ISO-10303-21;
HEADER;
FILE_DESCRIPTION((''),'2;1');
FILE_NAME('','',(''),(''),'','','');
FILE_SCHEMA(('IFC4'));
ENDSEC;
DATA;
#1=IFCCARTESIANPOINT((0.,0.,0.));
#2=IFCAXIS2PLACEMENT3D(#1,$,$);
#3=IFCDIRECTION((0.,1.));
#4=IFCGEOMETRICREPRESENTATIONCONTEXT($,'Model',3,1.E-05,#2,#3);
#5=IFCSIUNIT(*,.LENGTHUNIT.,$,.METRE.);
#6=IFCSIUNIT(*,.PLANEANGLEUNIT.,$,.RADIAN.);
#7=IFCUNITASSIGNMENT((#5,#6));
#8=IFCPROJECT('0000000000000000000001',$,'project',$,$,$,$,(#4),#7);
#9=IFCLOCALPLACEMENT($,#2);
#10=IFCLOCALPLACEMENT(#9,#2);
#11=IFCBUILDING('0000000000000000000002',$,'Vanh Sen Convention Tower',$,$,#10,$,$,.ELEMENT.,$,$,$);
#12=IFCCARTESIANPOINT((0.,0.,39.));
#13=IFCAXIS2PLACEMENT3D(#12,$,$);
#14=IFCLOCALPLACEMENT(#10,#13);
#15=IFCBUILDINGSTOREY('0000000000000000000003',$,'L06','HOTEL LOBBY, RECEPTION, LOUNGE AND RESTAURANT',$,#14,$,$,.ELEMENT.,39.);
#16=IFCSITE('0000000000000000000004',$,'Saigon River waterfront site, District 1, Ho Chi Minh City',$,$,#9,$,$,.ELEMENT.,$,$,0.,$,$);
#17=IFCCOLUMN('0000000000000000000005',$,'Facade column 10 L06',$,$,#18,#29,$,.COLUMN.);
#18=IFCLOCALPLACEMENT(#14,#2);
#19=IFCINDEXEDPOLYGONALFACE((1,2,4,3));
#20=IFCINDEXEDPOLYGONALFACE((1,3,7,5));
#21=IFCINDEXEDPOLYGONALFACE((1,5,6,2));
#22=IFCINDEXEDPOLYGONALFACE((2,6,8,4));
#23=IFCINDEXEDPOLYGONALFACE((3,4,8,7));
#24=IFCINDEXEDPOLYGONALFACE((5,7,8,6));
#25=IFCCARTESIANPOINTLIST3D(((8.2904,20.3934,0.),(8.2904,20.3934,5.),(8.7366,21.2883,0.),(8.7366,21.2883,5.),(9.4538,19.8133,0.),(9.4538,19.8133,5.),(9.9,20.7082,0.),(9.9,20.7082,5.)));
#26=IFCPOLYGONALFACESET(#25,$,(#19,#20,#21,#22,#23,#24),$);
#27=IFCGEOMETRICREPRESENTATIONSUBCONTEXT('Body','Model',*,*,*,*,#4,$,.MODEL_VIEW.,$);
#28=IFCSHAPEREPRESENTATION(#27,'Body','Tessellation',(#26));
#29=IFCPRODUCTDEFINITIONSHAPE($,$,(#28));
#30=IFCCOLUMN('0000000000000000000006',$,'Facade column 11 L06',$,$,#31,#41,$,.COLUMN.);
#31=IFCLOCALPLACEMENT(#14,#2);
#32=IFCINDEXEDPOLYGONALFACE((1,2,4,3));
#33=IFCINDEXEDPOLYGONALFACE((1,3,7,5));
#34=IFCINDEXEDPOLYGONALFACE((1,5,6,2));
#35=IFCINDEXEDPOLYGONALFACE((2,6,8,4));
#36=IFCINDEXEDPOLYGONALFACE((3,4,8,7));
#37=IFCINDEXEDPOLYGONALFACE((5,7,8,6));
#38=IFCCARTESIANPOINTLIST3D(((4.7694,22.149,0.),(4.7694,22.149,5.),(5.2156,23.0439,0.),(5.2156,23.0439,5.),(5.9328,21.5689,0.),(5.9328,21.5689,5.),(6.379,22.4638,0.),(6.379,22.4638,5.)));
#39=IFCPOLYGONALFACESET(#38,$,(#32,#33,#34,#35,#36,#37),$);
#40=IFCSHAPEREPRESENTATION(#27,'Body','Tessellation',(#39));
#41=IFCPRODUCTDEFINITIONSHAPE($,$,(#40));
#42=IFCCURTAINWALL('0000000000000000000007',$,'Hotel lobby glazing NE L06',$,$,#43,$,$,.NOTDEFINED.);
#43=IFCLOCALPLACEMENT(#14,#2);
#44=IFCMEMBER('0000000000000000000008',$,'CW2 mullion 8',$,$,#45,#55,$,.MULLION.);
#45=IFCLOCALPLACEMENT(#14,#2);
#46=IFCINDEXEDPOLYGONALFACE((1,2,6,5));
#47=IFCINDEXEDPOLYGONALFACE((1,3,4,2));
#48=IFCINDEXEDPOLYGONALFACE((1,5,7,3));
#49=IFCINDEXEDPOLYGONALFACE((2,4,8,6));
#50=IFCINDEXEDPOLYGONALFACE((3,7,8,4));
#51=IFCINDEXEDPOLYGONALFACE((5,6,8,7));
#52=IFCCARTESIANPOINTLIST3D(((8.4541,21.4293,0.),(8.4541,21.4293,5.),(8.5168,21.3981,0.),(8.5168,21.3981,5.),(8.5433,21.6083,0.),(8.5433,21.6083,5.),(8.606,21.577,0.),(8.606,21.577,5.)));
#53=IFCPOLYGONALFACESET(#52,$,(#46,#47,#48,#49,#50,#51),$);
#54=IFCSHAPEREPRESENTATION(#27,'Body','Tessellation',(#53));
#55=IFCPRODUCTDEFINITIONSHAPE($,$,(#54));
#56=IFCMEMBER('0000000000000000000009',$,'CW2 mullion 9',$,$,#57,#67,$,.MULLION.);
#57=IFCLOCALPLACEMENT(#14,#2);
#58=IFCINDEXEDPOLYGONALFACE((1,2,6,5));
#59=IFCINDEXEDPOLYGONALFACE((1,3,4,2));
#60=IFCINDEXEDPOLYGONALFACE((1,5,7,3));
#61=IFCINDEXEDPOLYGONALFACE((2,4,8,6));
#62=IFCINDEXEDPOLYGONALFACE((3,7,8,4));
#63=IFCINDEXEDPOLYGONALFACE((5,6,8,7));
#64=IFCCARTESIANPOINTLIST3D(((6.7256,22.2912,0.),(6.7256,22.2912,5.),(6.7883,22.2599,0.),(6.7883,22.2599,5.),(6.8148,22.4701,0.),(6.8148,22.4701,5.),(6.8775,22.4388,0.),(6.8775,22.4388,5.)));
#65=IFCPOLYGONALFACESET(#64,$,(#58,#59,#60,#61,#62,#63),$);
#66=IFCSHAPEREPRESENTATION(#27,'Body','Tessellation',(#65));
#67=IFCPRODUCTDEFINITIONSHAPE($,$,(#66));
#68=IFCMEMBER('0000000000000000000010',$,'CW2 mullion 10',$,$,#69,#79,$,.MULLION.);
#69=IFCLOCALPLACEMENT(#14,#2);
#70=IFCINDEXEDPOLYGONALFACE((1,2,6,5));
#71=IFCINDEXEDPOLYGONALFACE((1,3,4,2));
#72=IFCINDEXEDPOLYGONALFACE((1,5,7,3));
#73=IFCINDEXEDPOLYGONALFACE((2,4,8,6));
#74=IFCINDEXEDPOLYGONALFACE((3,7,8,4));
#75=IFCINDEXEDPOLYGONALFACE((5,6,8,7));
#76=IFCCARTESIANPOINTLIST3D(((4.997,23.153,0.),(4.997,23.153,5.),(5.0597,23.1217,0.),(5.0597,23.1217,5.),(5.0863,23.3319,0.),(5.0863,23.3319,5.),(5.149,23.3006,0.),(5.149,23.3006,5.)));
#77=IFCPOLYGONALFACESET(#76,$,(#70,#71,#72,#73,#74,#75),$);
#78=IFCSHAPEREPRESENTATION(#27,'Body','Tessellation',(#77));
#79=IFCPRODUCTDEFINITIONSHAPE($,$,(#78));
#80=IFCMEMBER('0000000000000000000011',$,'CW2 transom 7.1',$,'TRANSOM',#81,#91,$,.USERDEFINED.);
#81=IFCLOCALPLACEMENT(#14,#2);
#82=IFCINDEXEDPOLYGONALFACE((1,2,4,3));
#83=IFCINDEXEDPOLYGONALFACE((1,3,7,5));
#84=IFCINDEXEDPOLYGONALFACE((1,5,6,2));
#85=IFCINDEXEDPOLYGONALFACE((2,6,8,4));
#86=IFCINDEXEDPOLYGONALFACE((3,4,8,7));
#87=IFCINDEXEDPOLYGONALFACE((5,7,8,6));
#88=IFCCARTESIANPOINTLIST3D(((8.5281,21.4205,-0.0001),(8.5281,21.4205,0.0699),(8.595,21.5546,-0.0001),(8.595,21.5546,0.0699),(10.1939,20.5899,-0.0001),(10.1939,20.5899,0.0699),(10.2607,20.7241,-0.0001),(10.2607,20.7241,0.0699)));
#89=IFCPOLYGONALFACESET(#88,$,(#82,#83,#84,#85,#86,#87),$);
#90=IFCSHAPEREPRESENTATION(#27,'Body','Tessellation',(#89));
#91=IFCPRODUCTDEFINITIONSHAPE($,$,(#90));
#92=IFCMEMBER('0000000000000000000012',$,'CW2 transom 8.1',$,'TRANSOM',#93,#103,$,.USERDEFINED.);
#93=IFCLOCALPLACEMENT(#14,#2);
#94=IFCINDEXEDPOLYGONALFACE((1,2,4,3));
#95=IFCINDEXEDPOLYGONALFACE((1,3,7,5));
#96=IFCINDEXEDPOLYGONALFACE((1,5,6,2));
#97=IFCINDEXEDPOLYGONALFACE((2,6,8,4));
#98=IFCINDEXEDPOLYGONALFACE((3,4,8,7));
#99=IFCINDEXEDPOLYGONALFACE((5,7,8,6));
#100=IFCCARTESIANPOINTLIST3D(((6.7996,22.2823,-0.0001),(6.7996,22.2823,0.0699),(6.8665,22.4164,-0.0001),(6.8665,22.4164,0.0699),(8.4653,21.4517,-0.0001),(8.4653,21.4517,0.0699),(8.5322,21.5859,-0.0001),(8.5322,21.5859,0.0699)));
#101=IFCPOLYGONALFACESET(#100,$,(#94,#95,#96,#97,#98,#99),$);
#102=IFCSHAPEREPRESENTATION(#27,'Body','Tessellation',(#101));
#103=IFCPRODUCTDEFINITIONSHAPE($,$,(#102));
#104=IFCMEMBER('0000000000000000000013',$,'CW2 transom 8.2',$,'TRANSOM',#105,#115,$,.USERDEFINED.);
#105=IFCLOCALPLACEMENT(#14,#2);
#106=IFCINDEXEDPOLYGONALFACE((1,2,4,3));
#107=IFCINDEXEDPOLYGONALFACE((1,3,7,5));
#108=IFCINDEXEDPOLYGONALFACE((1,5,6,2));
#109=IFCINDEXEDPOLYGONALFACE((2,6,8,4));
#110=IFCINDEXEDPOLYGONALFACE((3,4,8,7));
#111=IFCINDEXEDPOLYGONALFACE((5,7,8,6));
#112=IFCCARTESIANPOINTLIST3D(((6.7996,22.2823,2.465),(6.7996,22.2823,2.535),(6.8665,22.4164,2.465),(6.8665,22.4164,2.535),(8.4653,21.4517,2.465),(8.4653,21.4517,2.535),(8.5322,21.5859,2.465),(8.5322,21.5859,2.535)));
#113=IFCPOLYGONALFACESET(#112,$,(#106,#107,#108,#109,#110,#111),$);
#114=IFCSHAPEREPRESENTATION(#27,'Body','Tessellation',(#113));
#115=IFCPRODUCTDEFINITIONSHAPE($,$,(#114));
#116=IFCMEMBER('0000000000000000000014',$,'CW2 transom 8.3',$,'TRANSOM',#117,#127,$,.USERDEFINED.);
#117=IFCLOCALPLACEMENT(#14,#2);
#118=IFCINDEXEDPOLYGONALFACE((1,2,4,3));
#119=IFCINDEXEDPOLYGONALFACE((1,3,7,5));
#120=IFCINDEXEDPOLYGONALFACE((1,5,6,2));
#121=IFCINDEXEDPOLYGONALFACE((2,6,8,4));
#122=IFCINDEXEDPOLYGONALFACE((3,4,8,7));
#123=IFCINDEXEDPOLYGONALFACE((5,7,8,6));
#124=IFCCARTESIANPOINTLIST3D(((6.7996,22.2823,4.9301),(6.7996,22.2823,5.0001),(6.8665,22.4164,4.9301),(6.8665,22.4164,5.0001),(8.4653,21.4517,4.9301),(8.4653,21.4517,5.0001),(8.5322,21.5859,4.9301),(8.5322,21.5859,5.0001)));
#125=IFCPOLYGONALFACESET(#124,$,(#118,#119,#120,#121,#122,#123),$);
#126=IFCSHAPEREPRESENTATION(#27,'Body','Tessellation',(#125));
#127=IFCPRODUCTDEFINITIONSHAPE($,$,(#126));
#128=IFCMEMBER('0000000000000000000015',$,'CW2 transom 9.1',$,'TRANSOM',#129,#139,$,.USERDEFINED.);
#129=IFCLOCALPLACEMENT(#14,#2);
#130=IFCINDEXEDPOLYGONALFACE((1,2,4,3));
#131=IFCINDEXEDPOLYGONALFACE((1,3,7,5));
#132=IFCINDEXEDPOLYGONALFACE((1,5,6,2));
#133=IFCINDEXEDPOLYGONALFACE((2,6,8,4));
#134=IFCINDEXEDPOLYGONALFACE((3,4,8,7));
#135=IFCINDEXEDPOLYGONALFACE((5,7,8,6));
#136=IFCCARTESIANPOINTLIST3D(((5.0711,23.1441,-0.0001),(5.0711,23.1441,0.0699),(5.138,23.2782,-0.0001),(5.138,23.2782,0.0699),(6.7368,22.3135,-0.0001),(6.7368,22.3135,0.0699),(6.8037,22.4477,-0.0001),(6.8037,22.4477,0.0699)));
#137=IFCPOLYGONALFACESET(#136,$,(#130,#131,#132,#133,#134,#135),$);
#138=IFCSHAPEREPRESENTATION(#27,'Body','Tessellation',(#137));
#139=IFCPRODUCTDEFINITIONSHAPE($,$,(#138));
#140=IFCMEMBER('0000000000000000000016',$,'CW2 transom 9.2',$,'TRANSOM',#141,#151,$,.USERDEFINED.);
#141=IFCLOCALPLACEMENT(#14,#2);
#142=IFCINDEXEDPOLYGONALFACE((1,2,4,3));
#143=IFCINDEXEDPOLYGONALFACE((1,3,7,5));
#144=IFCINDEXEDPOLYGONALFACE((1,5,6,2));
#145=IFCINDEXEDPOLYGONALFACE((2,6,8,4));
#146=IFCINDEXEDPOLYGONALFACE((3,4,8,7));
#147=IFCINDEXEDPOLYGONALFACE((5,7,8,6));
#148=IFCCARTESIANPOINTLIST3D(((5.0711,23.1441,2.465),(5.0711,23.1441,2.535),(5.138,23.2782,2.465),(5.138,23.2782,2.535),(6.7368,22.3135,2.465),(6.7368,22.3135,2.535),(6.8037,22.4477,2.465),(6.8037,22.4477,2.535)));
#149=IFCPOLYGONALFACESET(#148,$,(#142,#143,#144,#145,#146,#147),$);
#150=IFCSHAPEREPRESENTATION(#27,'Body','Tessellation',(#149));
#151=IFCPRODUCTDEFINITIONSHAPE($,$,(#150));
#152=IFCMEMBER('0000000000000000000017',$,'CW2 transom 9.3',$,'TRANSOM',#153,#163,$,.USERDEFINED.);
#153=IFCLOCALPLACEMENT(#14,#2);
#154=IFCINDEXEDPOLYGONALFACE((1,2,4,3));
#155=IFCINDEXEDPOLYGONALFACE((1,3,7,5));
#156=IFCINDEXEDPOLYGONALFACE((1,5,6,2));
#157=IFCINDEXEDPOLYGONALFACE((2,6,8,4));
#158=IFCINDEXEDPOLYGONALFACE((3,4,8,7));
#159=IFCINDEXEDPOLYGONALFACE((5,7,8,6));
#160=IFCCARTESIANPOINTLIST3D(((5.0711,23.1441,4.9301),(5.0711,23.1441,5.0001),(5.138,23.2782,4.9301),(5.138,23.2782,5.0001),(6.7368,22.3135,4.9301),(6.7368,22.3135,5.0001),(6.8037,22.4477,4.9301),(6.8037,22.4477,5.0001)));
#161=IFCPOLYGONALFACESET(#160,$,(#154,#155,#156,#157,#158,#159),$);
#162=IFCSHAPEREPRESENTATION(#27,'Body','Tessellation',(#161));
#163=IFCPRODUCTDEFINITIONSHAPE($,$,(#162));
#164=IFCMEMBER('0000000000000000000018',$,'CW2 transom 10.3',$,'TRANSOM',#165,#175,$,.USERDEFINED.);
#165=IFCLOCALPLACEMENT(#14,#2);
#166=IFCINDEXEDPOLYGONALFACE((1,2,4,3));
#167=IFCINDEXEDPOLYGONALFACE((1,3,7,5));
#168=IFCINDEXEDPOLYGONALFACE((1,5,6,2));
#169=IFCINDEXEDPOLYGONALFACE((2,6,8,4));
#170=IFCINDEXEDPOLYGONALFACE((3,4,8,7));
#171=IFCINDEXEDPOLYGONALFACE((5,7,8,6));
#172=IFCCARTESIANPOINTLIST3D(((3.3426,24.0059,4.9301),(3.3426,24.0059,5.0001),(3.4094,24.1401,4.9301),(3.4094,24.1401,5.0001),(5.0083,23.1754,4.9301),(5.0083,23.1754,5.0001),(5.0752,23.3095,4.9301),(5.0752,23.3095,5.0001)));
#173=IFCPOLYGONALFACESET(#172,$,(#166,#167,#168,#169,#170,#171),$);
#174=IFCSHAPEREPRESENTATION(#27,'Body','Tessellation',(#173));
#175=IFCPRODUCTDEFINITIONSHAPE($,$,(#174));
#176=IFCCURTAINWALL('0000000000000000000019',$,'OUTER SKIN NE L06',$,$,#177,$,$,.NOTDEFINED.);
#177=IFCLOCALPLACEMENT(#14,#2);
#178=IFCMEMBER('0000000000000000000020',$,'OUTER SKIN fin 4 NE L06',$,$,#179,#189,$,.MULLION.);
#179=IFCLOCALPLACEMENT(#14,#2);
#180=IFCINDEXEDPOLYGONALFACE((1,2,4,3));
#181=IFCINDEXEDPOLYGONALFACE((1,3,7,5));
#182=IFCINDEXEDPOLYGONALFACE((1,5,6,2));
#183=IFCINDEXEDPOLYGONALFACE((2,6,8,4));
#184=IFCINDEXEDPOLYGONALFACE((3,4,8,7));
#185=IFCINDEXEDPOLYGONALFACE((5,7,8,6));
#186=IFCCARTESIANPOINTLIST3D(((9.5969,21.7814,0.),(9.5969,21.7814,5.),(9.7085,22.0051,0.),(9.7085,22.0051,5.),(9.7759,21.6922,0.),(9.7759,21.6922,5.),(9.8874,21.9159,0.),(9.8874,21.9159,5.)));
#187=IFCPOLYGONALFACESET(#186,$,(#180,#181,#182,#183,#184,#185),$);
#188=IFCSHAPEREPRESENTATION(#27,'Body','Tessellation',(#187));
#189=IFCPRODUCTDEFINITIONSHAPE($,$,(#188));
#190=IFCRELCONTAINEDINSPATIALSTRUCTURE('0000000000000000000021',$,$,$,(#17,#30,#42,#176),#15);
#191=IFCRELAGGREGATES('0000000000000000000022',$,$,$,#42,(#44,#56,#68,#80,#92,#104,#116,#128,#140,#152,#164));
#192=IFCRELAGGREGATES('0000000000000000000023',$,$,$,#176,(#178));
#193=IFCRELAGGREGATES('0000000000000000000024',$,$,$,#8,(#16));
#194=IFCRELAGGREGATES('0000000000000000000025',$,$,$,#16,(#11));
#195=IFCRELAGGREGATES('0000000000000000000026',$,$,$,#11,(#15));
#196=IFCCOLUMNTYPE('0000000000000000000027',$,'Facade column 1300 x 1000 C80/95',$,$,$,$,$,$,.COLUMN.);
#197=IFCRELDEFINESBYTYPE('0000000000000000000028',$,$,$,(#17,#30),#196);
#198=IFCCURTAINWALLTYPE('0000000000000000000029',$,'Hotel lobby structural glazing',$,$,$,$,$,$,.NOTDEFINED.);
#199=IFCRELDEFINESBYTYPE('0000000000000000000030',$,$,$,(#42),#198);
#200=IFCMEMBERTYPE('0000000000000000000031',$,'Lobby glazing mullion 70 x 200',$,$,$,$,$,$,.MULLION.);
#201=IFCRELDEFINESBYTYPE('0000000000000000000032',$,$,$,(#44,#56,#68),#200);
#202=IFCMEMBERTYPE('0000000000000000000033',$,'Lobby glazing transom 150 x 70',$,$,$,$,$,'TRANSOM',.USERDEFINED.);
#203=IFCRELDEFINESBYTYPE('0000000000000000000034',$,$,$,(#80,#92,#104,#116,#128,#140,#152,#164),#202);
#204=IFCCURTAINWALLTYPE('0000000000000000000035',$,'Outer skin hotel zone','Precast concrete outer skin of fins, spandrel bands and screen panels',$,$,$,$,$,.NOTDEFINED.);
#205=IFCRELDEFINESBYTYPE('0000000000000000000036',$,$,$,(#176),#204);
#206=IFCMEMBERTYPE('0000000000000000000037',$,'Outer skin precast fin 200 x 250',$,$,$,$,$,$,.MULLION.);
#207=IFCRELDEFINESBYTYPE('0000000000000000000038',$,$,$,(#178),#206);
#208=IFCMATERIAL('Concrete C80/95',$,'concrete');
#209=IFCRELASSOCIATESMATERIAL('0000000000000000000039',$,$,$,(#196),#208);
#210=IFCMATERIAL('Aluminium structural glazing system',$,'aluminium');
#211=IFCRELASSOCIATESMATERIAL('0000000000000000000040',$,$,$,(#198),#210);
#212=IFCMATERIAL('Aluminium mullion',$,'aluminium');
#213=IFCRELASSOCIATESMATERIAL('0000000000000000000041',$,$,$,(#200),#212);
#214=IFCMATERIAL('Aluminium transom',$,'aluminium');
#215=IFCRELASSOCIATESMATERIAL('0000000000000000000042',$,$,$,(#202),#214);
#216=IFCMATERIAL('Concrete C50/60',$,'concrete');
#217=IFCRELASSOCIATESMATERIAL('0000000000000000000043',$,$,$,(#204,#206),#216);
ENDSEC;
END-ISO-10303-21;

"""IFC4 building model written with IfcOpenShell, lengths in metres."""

from ifc_helpers import new_model, si_unit, direction, frame, origin, origin_2d, place, context, subcontext, project, spatial, rectangle, extrude, material, material_profile, profile_set, type_object, element, aggregate, save


model = new_model("IFC4")

# Units and contexts
model_context = context("Model", 3, precision=1e-05, world=origin(), true_north=direction((0.0, 1.0)))
body_context = subcontext(model_context, "Body", "Model", "MODEL_VIEW")
ifc_project = project(units=[si_unit("LENGTHUNIT", "METRE"), si_unit("PLANEANGLEUNIT", "RADIAN")], contexts=[model_context])

# Site, building, storey
site_placement = place(None, origin())
site = spatial("IfcSite", under=ifc_project, at=site_placement, Name="Saigon River waterfront site, District 1, Ho Chi Minh City", CompositionType="ELEMENT", RefElevation=0.0)
building_placement = place(site_placement, origin())
building = spatial("IfcBuilding", under=site, at=building_placement, Name="Vanh Sen Convention Tower", CompositionType="ELEMENT")
storey_placement = place(building_placement, frame((0.0, 0.0, 39.0)))
storey = spatial("IfcBuildingStorey", under=building, at=storey_placement, Name="L06", Description="HOTEL LOBBY, RECEPTION, LOUNGE AND RESTAURANT", CompositionType="ELEMENT", Elevation=39.0)

# Columns
ifc_material_1 = material(Name="Concrete C80/95", Category="concrete")
ifc_material_profile_1 = material_profile(ifc_material_1, rectangle(XDim=1.3, YDim=1.0, at=origin_2d()), Name="RC 1300X1000")
ifc_profile_set_1 = profile_set([ifc_material_profile_1], Name="Concrete C80/95")
column_type = type_object("IfcColumnType", Name="Facade column 1300 x 1000 C80/95", PredefinedType="COLUMN", material=ifc_profile_set_1)
for number, where, z_axis, x_axis, name in (
    (1, (9.0952, 20.5508, 0.0), (0.0, 0.0, 1.0), (-0.894934, 0.446198, 0.0), "Facade column 10 L06"),
    (2, (5.5742, 22.3064, 0.0), (0.0, 0.0, 1.0), (-0.894934, 0.446198, 0.0), "Facade column 11 L06"),
):
    element("IfcColumn", number, at=place(storey_placement, frame(where, z_axis=z_axis, x_axis=x_axis)), inside=storey, type_object=column_type, Name=name, PredefinedType="COLUMN", context=body_context, shape_type="SweptSolid", body=[
        extrude(rectangle(XDim=1.3, YDim=1.0, at=origin_2d()), origin(), (0.0, 0.0, 1.0), 5.0),
    ])

# Curtain walls, members
ifc_material_2 = material(Name="Aluminium structural glazing system", Category="aluminium")
curtain_wall_type_1 = type_object("IfcCurtainWallType", Name="Hotel lobby structural glazing", PredefinedType="NOTDEFINED", material=ifc_material_2)
curtain_wall_1_placement = place(storey_placement, origin())
curtain_wall_1 = element("IfcCurtainWall", 3, at=curtain_wall_1_placement, inside=storey, type_object=curtain_wall_type_1, Name="Hotel lobby glazing NE L06", PredefinedType="NOTDEFINED")
ifc_material_3 = material(Name="Aluminium mullion", Category="aluminium")
ifc_material_profile_2 = material_profile(ifc_material_3, rectangle(XDim=0.2, YDim=0.0701, at=origin_2d()), Name="Lobby glazing mullion 70 x 200")
ifc_profile_set_2 = profile_set([ifc_material_profile_2], Name="Aluminium mullion")
member_type_1 = type_object("IfcMemberType", Name="Lobby glazing mullion 70 x 200", PredefinedType="MULLION", material=ifc_profile_set_2)
member_1_placement = place(storey_placement, frame((8.53, 21.5032, 0.0), z_axis=(0.0, 0.0, 1.0), x_axis=(-0.446199, -0.894934, 0.0)))
member_1 = element("IfcMember", 4, at=member_1_placement, type_object=member_type_1, Name="CW2 mullion 8", PredefinedType="MULLION", context=body_context, shape_type="SweptSolid", body=[
    extrude(rectangle(XDim=0.2, YDim=0.0701, at=origin_2d()), origin(), (0.0, 0.0, 1.0), 5.0),
])
member_2_placement = place(storey_placement, frame((6.8015, 22.365, 0.0), z_axis=(0.0, 0.0, 1.0), x_axis=(-0.446199, -0.894934, 0.0)))
member_2 = element("IfcMember", 5, at=member_2_placement, type_object=member_type_1, Name="CW2 mullion 9", PredefinedType="MULLION", context=body_context, shape_type="SweptSolid", body=[
    extrude(rectangle(XDim=0.2, YDim=0.0701, at=origin_2d()), origin(), (0.0, 0.0, 1.0), 5.0),
])
member_3_placement = place(storey_placement, frame((5.073, 23.2268, 0.0), z_axis=(0.0, 0.0, 1.0), x_axis=(-0.446199, -0.894934, 0.0)))
member_3 = element("IfcMember", 6, at=member_3_placement, type_object=member_type_1, Name="CW2 mullion 10", PredefinedType="MULLION", context=body_context, shape_type="SweptSolid", body=[
    extrude(rectangle(XDim=0.2, YDim=0.0701, at=origin_2d()), origin(), (0.0, 0.0, 1.0), 5.0),
])
ifc_material_4 = material(Name="Aluminium transom", Category="aluminium")
ifc_material_profile_3 = material_profile(ifc_material_4, rectangle(XDim=0.1499, YDim=0.0701, at=origin_2d()), Name="Lobby glazing transom 150 x 70")
ifc_profile_set_3 = profile_set([ifc_material_profile_3], Name="Aluminium transom")
member_type_2 = type_object("IfcMemberType", Name="Lobby glazing transom 150 x 70", ElementType="TRANSOM", PredefinedType="USERDEFINED", material=ifc_profile_set_3)
member_4_placement = place(storey_placement, frame((10.2273, 20.657, 0.0349), z_axis=(-0.894925, 0.446216, 0.0), x_axis=(-0.446216, -0.894925, 0.0)))
member_4 = element("IfcMember", 7, at=member_4_placement, type_object=member_type_2, Name="CW2 transom 7.1", ObjectType="TRANSOM", PredefinedType="USERDEFINED", context=body_context, shape_type="SweptSolid", body=[
    extrude(rectangle(XDim=0.1499, YDim=0.0701, at=origin_2d()), origin(), (0.0, 0.0, 1.0), 1.8613),
])
member_5_placement = place(storey_placement, frame((8.4988, 21.5188, 0.0349), z_axis=(-0.894925, 0.446216, 0.0), x_axis=(-0.446216, -0.894925, 0.0)))
member_5 = element("IfcMember", 8, at=member_5_placement, type_object=member_type_2, Name="CW2 transom 8.1", ObjectType="TRANSOM", PredefinedType="USERDEFINED", context=body_context, shape_type="SweptSolid", body=[
    extrude(rectangle(XDim=0.1499, YDim=0.0701, at=origin_2d()), origin(), (0.0, 0.0, 1.0), 1.8613),
])
member_6_placement = place(storey_placement, frame((8.4988, 21.5188, 2.5), z_axis=(-0.894925, 0.446216, 0.0), x_axis=(-0.446216, -0.894925, 0.0)))
member_6 = element("IfcMember", 9, at=member_6_placement, type_object=member_type_2, Name="CW2 transom 8.2", ObjectType="TRANSOM", PredefinedType="USERDEFINED", context=body_context, shape_type="SweptSolid", body=[
    extrude(rectangle(XDim=0.1499, YDim=0.0701, at=origin_2d()), origin(), (0.0, 0.0, 1.0), 1.8613),
])
member_7_placement = place(storey_placement, frame((8.4988, 21.5188, 4.9651), z_axis=(-0.894925, 0.446216, 0.0), x_axis=(-0.446216, -0.894925, 0.0)))
member_7 = element("IfcMember", 10, at=member_7_placement, type_object=member_type_2, Name="CW2 transom 8.3", ObjectType="TRANSOM", PredefinedType="USERDEFINED", context=body_context, shape_type="SweptSolid", body=[
    extrude(rectangle(XDim=0.1499, YDim=0.0701, at=origin_2d()), origin(), (0.0, 0.0, 1.0), 1.8613),
])
member_8_placement = place(storey_placement, frame((6.7703, 22.3806, 0.0349), z_axis=(-0.894925, 0.446216, 0.0), x_axis=(-0.446216, -0.894925, 0.0)))
member_8 = element("IfcMember", 11, at=member_8_placement, type_object=member_type_2, Name="CW2 transom 9.1", ObjectType="TRANSOM", PredefinedType="USERDEFINED", context=body_context, shape_type="SweptSolid", body=[
    extrude(rectangle(XDim=0.1499, YDim=0.0701, at=origin_2d()), origin(), (0.0, 0.0, 1.0), 1.8613),
])
member_9_placement = place(storey_placement, frame((6.7703, 22.3806, 2.5), z_axis=(-0.894925, 0.446216, 0.0), x_axis=(-0.446216, -0.894925, 0.0)))
member_9 = element("IfcMember", 12, at=member_9_placement, type_object=member_type_2, Name="CW2 transom 9.2", ObjectType="TRANSOM", PredefinedType="USERDEFINED", context=body_context, shape_type="SweptSolid", body=[
    extrude(rectangle(XDim=0.1499, YDim=0.0701, at=origin_2d()), origin(), (0.0, 0.0, 1.0), 1.8613),
])
member_10_placement = place(storey_placement, frame((6.7703, 22.3806, 4.9651), z_axis=(-0.894925, 0.446216, 0.0), x_axis=(-0.446216, -0.894925, 0.0)))
member_10 = element("IfcMember", 13, at=member_10_placement, type_object=member_type_2, Name="CW2 transom 9.3", ObjectType="TRANSOM", PredefinedType="USERDEFINED", context=body_context, shape_type="SweptSolid", body=[
    extrude(rectangle(XDim=0.1499, YDim=0.0701, at=origin_2d()), origin(), (0.0, 0.0, 1.0), 1.8613),
])
member_11_placement = place(storey_placement, frame((5.0417, 23.2424, 4.9651), z_axis=(-0.894925, 0.446216, 0.0), x_axis=(-0.446216, -0.894925, 0.0)))
member_11 = element("IfcMember", 14, at=member_11_placement, type_object=member_type_2, Name="CW2 transom 10.3", ObjectType="TRANSOM", PredefinedType="USERDEFINED", context=body_context, shape_type="SweptSolid", body=[
    extrude(rectangle(XDim=0.1499, YDim=0.0701, at=origin_2d()), origin(), (0.0, 0.0, 1.0), 1.8613),
])
ifc_material_5 = material(Name="Concrete C50/60", Category="concrete")
curtain_wall_type_2 = type_object("IfcCurtainWallType", Name="Outer skin hotel zone", Description="Precast concrete outer skin of fins, spandrel bands and screen panels", PredefinedType="NOTDEFINED", material=ifc_material_5)
curtain_wall_2_placement = place(storey_placement, origin())
curtain_wall_2 = element("IfcCurtainWall", 15, at=curtain_wall_2_placement, inside=storey, type_object=curtain_wall_type_2, Name="OUTER SKIN NE L06", PredefinedType="NOTDEFINED")
ifc_material_profile_4 = material_profile(ifc_material_5, rectangle(XDim=0.2, YDim=0.25, at=origin_2d()), Name="Outer skin precast fin 200 x 250")
ifc_profile_set_4 = profile_set([ifc_material_profile_4], Name="Concrete C50/60")
member_type_3 = type_object("IfcMemberType", Name="Outer skin precast fin 200 x 250", PredefinedType="MULLION", material=ifc_profile_set_4)
member_12_placement = place(storey_placement, frame((9.7422, 21.8486, 0.0), z_axis=(0.0, 0.0, 1.0), x_axis=(-0.894934, 0.446198, 0.0)))
member_12 = element("IfcMember", 16, at=member_12_placement, type_object=member_type_3, Name="OUTER SKIN fin 4 NE L06", PredefinedType="MULLION", context=body_context, shape_type="SweptSolid", body=[
    extrude(rectangle(XDim=0.2, YDim=0.25, at=origin_2d()), origin(), (0.0, 0.0, 1.0), 5.0),
])

aggregate(curtain_wall_1, [member_1, member_2, member_3, member_4, member_5, member_6, member_7, member_8, member_9, member_10, member_11])
aggregate(curtain_wall_2, [member_12])

save(model, "model.ifc")
